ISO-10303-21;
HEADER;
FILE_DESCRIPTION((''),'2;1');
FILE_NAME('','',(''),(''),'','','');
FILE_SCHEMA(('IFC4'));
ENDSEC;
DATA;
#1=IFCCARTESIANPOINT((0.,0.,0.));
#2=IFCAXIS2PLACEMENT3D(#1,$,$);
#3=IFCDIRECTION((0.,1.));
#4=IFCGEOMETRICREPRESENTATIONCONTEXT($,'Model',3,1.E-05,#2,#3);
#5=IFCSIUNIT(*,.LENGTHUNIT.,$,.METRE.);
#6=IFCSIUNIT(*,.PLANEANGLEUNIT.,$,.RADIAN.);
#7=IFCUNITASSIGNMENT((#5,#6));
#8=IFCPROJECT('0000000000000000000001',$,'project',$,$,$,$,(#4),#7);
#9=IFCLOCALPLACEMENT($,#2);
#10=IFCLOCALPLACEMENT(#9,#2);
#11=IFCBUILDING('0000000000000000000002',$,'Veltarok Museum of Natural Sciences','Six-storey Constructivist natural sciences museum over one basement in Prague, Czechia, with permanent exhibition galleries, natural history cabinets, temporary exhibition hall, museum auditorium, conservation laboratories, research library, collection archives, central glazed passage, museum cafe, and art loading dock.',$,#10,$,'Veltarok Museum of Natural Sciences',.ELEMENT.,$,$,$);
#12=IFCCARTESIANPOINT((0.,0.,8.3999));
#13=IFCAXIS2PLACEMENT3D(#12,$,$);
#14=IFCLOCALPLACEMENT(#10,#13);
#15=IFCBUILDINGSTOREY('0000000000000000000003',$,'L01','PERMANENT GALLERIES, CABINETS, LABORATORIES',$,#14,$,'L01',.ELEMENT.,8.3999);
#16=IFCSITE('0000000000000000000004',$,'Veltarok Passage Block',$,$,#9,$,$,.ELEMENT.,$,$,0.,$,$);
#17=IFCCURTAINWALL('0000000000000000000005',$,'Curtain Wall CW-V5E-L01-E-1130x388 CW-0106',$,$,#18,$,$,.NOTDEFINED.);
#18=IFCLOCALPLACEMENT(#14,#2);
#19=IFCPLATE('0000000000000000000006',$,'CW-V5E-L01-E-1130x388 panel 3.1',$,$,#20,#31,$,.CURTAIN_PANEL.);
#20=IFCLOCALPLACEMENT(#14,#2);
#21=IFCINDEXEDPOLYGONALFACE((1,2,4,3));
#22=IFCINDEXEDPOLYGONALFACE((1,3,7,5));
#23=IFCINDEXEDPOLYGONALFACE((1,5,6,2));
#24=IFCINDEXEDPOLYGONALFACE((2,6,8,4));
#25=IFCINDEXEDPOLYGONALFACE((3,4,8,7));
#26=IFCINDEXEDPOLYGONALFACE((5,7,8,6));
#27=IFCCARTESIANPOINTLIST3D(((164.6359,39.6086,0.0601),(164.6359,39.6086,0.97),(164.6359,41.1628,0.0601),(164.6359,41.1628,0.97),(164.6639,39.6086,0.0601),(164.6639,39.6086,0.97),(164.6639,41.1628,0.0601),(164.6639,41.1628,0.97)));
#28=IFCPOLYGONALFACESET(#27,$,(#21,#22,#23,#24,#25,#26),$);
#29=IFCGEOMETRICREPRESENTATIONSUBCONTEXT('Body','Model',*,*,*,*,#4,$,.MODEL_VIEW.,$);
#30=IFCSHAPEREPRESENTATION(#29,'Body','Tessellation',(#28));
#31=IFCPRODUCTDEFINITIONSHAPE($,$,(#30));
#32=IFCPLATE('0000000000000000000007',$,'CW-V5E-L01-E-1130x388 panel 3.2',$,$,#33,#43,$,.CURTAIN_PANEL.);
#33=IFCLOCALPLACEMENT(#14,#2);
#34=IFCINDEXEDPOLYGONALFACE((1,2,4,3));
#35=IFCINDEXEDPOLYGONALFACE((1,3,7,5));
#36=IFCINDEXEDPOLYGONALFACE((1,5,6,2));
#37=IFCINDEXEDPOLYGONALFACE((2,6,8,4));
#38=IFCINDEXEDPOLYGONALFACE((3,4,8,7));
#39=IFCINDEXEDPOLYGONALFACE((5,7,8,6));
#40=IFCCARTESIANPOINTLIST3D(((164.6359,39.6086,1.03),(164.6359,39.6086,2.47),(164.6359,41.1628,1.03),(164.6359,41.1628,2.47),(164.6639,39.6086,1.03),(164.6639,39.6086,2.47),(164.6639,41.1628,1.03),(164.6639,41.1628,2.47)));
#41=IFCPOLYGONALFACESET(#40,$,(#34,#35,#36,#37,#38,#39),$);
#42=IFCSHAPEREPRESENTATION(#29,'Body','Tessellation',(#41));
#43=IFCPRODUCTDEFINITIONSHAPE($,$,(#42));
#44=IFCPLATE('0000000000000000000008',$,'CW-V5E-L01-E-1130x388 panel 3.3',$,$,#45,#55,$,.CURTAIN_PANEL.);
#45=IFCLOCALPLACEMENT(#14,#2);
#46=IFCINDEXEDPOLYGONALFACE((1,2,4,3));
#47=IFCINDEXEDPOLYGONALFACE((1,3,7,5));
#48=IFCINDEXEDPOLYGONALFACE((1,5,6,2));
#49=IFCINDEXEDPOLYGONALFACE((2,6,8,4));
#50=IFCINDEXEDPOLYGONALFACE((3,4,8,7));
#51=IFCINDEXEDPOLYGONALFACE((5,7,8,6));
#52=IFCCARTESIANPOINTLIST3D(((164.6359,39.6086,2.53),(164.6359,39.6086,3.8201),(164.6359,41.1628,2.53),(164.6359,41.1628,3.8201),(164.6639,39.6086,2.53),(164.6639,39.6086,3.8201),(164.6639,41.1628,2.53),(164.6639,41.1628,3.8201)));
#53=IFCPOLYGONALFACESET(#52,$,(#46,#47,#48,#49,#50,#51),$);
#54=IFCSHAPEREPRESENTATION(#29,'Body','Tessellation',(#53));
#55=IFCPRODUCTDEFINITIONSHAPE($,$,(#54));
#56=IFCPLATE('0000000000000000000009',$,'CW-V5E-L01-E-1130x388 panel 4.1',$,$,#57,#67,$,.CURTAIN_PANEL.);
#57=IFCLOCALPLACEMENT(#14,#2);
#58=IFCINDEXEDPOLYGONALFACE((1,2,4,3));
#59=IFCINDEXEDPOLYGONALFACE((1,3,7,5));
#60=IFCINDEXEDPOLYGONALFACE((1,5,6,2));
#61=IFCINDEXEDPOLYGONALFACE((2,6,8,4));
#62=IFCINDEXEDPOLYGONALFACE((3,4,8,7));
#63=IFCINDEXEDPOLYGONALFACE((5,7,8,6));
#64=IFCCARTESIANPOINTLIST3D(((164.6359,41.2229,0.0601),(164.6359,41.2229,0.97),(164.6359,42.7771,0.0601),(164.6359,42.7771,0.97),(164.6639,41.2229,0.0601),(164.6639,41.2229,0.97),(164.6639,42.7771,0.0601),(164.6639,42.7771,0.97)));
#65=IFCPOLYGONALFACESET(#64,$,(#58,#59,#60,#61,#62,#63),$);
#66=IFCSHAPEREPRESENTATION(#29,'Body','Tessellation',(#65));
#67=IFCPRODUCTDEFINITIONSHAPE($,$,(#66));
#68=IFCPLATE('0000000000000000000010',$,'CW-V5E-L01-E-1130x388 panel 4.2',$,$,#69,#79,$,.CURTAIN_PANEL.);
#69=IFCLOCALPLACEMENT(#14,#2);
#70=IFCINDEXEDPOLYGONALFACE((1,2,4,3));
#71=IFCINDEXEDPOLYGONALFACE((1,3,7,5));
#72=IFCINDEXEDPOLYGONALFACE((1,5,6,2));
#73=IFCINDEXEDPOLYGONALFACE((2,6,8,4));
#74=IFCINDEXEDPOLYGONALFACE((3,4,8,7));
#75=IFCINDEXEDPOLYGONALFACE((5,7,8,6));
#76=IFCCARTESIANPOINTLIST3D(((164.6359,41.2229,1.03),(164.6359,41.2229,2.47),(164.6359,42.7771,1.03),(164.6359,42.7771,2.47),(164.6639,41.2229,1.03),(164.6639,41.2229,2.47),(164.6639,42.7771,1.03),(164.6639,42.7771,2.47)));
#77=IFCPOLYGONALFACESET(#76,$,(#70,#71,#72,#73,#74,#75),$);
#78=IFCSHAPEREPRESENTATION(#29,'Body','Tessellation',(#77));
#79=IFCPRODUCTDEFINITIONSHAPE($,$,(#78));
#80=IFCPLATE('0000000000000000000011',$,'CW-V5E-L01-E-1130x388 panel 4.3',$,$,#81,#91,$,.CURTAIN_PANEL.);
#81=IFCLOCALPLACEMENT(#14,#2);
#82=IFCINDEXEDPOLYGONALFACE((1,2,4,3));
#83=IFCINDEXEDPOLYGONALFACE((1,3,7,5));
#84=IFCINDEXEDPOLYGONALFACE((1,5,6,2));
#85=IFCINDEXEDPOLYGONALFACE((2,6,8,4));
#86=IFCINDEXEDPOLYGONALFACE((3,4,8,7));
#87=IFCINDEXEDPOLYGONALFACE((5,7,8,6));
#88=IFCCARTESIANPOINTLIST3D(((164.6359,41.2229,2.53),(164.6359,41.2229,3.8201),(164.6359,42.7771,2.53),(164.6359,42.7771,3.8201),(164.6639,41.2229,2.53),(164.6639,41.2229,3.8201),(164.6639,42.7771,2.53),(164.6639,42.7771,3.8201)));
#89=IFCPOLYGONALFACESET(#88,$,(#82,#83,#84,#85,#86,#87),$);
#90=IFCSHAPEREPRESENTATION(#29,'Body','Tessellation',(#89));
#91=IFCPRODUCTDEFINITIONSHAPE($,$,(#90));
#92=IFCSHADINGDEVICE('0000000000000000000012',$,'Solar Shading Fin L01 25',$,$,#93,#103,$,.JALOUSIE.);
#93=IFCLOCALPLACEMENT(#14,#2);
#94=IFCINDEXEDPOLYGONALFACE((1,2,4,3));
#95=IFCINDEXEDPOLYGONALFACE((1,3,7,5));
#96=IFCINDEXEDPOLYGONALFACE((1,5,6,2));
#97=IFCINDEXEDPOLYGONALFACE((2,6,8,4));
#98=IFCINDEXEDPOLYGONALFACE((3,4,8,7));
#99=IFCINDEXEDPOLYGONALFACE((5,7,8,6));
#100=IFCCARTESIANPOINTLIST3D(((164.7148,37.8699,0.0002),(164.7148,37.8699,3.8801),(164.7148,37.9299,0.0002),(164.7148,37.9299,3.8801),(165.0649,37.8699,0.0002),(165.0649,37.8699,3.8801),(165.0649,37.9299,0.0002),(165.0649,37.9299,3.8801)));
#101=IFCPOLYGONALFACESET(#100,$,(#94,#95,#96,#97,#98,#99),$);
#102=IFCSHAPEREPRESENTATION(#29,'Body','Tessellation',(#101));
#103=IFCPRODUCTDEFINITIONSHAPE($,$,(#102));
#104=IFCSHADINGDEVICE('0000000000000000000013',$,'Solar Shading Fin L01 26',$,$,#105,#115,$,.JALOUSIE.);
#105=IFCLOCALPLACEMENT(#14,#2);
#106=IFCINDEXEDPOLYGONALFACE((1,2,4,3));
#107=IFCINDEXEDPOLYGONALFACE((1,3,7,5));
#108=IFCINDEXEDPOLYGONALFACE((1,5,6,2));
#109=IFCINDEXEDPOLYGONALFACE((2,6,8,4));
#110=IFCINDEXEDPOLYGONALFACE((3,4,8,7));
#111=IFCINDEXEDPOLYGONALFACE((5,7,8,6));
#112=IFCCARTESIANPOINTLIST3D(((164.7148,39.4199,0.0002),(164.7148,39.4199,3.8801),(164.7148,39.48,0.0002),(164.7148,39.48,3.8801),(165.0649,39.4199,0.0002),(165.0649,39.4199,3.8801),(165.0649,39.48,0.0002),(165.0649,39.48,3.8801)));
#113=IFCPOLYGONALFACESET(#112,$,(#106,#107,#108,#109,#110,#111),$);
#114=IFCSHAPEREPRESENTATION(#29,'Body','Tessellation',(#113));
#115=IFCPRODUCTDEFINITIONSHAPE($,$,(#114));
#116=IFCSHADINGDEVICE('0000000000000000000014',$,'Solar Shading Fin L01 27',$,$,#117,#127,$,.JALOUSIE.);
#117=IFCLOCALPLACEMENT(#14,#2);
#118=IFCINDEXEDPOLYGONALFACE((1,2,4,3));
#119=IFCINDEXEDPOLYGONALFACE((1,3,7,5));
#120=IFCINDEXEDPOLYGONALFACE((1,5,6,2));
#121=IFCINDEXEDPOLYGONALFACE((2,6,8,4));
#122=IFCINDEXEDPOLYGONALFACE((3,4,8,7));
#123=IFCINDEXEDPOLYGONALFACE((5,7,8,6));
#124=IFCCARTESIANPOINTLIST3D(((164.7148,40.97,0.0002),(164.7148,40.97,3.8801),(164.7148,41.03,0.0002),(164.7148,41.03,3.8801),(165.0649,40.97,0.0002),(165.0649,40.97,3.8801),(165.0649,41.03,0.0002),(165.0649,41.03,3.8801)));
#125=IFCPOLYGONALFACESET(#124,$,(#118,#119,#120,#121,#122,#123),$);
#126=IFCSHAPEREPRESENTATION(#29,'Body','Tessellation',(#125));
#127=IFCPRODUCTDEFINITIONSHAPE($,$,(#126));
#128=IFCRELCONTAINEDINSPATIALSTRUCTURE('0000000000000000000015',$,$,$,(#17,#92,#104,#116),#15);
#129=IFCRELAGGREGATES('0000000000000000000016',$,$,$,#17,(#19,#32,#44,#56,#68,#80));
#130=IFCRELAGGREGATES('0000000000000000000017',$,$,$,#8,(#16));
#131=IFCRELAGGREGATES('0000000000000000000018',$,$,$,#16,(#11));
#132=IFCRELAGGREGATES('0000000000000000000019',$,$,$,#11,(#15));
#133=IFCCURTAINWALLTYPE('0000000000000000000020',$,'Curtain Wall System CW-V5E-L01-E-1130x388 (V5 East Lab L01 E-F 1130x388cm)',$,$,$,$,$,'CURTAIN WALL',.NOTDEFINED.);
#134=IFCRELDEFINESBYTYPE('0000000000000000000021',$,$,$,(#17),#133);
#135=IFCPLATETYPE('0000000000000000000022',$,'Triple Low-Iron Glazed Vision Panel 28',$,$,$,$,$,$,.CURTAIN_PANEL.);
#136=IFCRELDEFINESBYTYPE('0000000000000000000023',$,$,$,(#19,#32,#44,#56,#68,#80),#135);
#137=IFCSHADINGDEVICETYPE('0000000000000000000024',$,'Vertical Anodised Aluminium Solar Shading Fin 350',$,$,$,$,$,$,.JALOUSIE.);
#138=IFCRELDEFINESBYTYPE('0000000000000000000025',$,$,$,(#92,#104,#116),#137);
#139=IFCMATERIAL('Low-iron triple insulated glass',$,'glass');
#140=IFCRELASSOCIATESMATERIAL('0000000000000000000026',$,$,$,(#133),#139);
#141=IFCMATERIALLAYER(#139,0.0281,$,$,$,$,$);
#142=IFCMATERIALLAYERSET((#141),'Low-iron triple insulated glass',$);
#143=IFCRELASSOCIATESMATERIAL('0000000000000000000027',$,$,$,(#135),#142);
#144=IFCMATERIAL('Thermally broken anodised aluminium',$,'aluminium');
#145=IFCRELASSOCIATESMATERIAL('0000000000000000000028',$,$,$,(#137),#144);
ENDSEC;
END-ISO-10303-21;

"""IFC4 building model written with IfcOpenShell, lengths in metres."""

from ifc_helpers import new_model, si_unit, direction, frame, origin, origin_2d, place, context, subcontext, project, spatial, rectangle, extrude, material, layer, layer_set, type_object, element, aggregate, save


model = new_model("IFC4")

# Units and contexts
model_context = context("Model", 3, precision=1e-05, world=origin(), true_north=direction((0.0, 1.0)))
body_context = subcontext(model_context, "Body", "Model", "MODEL_VIEW")
ifc_project = project(units=[si_unit("LENGTHUNIT", "METRE"), si_unit("PLANEANGLEUNIT", "RADIAN")], contexts=[model_context])

# Site, building, storey
site_placement = place(None, origin())
site = spatial("IfcSite", under=ifc_project, at=site_placement, Name="Veltarok Passage Block", CompositionType="ELEMENT", RefElevation=0.0)
building_placement = place(site_placement, origin())
building = spatial("IfcBuilding", under=site, at=building_placement, Name="Veltarok Museum of Natural Sciences", Description="Six-storey Constructivist natural sciences museum over one basement in Prague, Czechia, with permanent exhibition galleries, natural history cabinets, temporary exhibition hall, museum auditorium, conservation laboratories, research library, collection archives, central glazed passage, museum cafe, and art loading dock.", LongName="Veltarok Museum of Natural Sciences", CompositionType="ELEMENT")
storey_placement = place(building_placement, frame((0.0, 0.0, 8.3999)))
storey = spatial("IfcBuildingStorey", under=building, at=storey_placement, Name="L01", Description="PERMANENT GALLERIES, CABINETS, LABORATORIES", LongName="L01", CompositionType="ELEMENT", Elevation=8.3999)

# Curtain wall, plates
ifc_material_1 = material(Name="Low-iron triple insulated glass", Category="glass")
curtain_wall_type = type_object("IfcCurtainWallType", Name="Curtain Wall System CW-V5E-L01-E-1130x388 (V5 East Lab L01 E-F 1130x388cm)", ElementType="CURTAIN WALL", PredefinedType="NOTDEFINED", material=ifc_material_1)
curtain_wall_placement = place(storey_placement, origin())
curtain_wall = element("IfcCurtainWall", 1, at=curtain_wall_placement, inside=storey, type_object=curtain_wall_type, Name="Curtain Wall CW-V5E-L01-E-1130x388 CW-0106", PredefinedType="NOTDEFINED")
ifc_material_2 = material(Name="Thermally broken anodised aluminium", Category="aluminium")
ifc_layer = layer(ifc_material_1, 0.0281)
ifc_layer_set = layer_set([ifc_layer], Name="Low-iron triple insulated glass")
plate_type = type_object("IfcPlateType", Name="Triple Low-Iron Glazed Vision Panel 28", PredefinedType="CURTAIN_PANEL", material=ifc_layer_set)
plate_1_placement = place(storey_placement, frame((164.6499, 40.3857, 0.0601), z_axis=(0.0, 0.0, 1.0), x_axis=(0.0, 1.0, 0.0)))
plate_1 = element("IfcPlate", 2, at=plate_1_placement, type_object=plate_type, Name="CW-V5E-L01-E-1130x388 panel 3.1", PredefinedType="CURTAIN_PANEL", context=body_context, shape_type="SweptSolid", body=[
    extrude(rectangle(XDim=1.5542, YDim=0.0281, at=origin_2d()), origin(), (0.0, 0.0, 1.0), 0.9099),
])
plate_2_placement = place(storey_placement, frame((164.6499, 40.3857, 1.03), z_axis=(0.0, 0.0, 1.0), x_axis=(0.0, 1.0, 0.0)))
plate_2 = element("IfcPlate", 3, at=plate_2_placement, type_object=plate_type, Name="CW-V5E-L01-E-1130x388 panel 3.2", PredefinedType="CURTAIN_PANEL", context=body_context, shape_type="SweptSolid", body=[
    extrude(rectangle(XDim=1.5542, YDim=0.0281, at=origin_2d()), origin(), (0.0, 0.0, 1.0), 1.4399),
])
plate_3_placement = place(storey_placement, frame((164.6499, 40.3857, 2.53), z_axis=(0.0, 0.0, 1.0), x_axis=(0.0, 1.0, 0.0)))
plate_3 = element("IfcPlate", 4, at=plate_3_placement, type_object=plate_type, Name="CW-V5E-L01-E-1130x388 panel 3.3", PredefinedType="CURTAIN_PANEL", context=body_context, shape_type="SweptSolid", body=[
    extrude(rectangle(XDim=1.5542, YDim=0.0281, at=origin_2d()), origin(), (0.0, 0.0, 1.0), 1.29),
])
plate_4_placement = place(storey_placement, frame((164.6499, 42.0, 0.0601), z_axis=(0.0, 0.0, 1.0), x_axis=(0.0, 1.0, 0.0)))
plate_4 = element("IfcPlate", 5, at=plate_4_placement, type_object=plate_type, Name="CW-V5E-L01-E-1130x388 panel 4.1", PredefinedType="CURTAIN_PANEL", context=body_context, shape_type="SweptSolid", body=[
    extrude(rectangle(XDim=1.5542, YDim=0.0281, at=origin_2d()), origin(), (0.0, 0.0, 1.0), 0.9099),
])
plate_5_placement = place(storey_placement, frame((164.6499, 42.0, 1.03), z_axis=(0.0, 0.0, 1.0), x_axis=(0.0, 1.0, 0.0)))
plate_5 = element("IfcPlate", 6, at=plate_5_placement, type_object=plate_type, Name="CW-V5E-L01-E-1130x388 panel 4.2", PredefinedType="CURTAIN_PANEL", context=body_context, shape_type="SweptSolid", body=[
    extrude(rectangle(XDim=1.5542, YDim=0.0281, at=origin_2d()), origin(), (0.0, 0.0, 1.0), 1.4399),
])
plate_6_placement = place(storey_placement, frame((164.6499, 42.0, 2.53), z_axis=(0.0, 0.0, 1.0), x_axis=(0.0, 1.0, 0.0)))
plate_6 = element("IfcPlate", 7, at=plate_6_placement, type_object=plate_type, Name="CW-V5E-L01-E-1130x388 panel 4.3", PredefinedType="CURTAIN_PANEL", context=body_context, shape_type="SweptSolid", body=[
    extrude(rectangle(XDim=1.5542, YDim=0.0281, at=origin_2d()), origin(), (0.0, 0.0, 1.0), 1.29),
])
aggregate(curtain_wall, [plate_1, plate_2, plate_3, plate_4, plate_5, plate_6])

# Shading devices
shading_device_type = type_object("IfcShadingDeviceType", Name="Vertical Anodised Aluminium Solar Shading Fin 350", PredefinedType="JALOUSIE", material=ifc_material_2)
for number, where, z_axis, x_axis, name in (
    (8, (164.8899, 37.8999, 0.0002), (0.0, 0.0, 1.0), (1.0, 0.0, 0.0), "Solar Shading Fin L01 25"),
    (9, (164.8899, 39.45, 0.0002), (0.0, 0.0, 1.0), (1.0, 0.0, 0.0), "Solar Shading Fin L01 26"),
    (10, (164.8899, 41.0, 0.0002), (0.0, 0.0, 1.0), (1.0, 0.0, 0.0), "Solar Shading Fin L01 27"),
):
    element("IfcShadingDevice", number, at=place(storey_placement, frame(where, z_axis=z_axis, x_axis=x_axis)), inside=storey, type_object=shading_device_type, Name=name, PredefinedType="JALOUSIE", context=body_context, shape_type="SweptSolid", body=[
        extrude(rectangle(XDim=0.3501, YDim=0.0601, at=origin_2d()), origin(), (0.0, 0.0, 1.0), 3.8799),
    ])

save(model, "model.ifc")
